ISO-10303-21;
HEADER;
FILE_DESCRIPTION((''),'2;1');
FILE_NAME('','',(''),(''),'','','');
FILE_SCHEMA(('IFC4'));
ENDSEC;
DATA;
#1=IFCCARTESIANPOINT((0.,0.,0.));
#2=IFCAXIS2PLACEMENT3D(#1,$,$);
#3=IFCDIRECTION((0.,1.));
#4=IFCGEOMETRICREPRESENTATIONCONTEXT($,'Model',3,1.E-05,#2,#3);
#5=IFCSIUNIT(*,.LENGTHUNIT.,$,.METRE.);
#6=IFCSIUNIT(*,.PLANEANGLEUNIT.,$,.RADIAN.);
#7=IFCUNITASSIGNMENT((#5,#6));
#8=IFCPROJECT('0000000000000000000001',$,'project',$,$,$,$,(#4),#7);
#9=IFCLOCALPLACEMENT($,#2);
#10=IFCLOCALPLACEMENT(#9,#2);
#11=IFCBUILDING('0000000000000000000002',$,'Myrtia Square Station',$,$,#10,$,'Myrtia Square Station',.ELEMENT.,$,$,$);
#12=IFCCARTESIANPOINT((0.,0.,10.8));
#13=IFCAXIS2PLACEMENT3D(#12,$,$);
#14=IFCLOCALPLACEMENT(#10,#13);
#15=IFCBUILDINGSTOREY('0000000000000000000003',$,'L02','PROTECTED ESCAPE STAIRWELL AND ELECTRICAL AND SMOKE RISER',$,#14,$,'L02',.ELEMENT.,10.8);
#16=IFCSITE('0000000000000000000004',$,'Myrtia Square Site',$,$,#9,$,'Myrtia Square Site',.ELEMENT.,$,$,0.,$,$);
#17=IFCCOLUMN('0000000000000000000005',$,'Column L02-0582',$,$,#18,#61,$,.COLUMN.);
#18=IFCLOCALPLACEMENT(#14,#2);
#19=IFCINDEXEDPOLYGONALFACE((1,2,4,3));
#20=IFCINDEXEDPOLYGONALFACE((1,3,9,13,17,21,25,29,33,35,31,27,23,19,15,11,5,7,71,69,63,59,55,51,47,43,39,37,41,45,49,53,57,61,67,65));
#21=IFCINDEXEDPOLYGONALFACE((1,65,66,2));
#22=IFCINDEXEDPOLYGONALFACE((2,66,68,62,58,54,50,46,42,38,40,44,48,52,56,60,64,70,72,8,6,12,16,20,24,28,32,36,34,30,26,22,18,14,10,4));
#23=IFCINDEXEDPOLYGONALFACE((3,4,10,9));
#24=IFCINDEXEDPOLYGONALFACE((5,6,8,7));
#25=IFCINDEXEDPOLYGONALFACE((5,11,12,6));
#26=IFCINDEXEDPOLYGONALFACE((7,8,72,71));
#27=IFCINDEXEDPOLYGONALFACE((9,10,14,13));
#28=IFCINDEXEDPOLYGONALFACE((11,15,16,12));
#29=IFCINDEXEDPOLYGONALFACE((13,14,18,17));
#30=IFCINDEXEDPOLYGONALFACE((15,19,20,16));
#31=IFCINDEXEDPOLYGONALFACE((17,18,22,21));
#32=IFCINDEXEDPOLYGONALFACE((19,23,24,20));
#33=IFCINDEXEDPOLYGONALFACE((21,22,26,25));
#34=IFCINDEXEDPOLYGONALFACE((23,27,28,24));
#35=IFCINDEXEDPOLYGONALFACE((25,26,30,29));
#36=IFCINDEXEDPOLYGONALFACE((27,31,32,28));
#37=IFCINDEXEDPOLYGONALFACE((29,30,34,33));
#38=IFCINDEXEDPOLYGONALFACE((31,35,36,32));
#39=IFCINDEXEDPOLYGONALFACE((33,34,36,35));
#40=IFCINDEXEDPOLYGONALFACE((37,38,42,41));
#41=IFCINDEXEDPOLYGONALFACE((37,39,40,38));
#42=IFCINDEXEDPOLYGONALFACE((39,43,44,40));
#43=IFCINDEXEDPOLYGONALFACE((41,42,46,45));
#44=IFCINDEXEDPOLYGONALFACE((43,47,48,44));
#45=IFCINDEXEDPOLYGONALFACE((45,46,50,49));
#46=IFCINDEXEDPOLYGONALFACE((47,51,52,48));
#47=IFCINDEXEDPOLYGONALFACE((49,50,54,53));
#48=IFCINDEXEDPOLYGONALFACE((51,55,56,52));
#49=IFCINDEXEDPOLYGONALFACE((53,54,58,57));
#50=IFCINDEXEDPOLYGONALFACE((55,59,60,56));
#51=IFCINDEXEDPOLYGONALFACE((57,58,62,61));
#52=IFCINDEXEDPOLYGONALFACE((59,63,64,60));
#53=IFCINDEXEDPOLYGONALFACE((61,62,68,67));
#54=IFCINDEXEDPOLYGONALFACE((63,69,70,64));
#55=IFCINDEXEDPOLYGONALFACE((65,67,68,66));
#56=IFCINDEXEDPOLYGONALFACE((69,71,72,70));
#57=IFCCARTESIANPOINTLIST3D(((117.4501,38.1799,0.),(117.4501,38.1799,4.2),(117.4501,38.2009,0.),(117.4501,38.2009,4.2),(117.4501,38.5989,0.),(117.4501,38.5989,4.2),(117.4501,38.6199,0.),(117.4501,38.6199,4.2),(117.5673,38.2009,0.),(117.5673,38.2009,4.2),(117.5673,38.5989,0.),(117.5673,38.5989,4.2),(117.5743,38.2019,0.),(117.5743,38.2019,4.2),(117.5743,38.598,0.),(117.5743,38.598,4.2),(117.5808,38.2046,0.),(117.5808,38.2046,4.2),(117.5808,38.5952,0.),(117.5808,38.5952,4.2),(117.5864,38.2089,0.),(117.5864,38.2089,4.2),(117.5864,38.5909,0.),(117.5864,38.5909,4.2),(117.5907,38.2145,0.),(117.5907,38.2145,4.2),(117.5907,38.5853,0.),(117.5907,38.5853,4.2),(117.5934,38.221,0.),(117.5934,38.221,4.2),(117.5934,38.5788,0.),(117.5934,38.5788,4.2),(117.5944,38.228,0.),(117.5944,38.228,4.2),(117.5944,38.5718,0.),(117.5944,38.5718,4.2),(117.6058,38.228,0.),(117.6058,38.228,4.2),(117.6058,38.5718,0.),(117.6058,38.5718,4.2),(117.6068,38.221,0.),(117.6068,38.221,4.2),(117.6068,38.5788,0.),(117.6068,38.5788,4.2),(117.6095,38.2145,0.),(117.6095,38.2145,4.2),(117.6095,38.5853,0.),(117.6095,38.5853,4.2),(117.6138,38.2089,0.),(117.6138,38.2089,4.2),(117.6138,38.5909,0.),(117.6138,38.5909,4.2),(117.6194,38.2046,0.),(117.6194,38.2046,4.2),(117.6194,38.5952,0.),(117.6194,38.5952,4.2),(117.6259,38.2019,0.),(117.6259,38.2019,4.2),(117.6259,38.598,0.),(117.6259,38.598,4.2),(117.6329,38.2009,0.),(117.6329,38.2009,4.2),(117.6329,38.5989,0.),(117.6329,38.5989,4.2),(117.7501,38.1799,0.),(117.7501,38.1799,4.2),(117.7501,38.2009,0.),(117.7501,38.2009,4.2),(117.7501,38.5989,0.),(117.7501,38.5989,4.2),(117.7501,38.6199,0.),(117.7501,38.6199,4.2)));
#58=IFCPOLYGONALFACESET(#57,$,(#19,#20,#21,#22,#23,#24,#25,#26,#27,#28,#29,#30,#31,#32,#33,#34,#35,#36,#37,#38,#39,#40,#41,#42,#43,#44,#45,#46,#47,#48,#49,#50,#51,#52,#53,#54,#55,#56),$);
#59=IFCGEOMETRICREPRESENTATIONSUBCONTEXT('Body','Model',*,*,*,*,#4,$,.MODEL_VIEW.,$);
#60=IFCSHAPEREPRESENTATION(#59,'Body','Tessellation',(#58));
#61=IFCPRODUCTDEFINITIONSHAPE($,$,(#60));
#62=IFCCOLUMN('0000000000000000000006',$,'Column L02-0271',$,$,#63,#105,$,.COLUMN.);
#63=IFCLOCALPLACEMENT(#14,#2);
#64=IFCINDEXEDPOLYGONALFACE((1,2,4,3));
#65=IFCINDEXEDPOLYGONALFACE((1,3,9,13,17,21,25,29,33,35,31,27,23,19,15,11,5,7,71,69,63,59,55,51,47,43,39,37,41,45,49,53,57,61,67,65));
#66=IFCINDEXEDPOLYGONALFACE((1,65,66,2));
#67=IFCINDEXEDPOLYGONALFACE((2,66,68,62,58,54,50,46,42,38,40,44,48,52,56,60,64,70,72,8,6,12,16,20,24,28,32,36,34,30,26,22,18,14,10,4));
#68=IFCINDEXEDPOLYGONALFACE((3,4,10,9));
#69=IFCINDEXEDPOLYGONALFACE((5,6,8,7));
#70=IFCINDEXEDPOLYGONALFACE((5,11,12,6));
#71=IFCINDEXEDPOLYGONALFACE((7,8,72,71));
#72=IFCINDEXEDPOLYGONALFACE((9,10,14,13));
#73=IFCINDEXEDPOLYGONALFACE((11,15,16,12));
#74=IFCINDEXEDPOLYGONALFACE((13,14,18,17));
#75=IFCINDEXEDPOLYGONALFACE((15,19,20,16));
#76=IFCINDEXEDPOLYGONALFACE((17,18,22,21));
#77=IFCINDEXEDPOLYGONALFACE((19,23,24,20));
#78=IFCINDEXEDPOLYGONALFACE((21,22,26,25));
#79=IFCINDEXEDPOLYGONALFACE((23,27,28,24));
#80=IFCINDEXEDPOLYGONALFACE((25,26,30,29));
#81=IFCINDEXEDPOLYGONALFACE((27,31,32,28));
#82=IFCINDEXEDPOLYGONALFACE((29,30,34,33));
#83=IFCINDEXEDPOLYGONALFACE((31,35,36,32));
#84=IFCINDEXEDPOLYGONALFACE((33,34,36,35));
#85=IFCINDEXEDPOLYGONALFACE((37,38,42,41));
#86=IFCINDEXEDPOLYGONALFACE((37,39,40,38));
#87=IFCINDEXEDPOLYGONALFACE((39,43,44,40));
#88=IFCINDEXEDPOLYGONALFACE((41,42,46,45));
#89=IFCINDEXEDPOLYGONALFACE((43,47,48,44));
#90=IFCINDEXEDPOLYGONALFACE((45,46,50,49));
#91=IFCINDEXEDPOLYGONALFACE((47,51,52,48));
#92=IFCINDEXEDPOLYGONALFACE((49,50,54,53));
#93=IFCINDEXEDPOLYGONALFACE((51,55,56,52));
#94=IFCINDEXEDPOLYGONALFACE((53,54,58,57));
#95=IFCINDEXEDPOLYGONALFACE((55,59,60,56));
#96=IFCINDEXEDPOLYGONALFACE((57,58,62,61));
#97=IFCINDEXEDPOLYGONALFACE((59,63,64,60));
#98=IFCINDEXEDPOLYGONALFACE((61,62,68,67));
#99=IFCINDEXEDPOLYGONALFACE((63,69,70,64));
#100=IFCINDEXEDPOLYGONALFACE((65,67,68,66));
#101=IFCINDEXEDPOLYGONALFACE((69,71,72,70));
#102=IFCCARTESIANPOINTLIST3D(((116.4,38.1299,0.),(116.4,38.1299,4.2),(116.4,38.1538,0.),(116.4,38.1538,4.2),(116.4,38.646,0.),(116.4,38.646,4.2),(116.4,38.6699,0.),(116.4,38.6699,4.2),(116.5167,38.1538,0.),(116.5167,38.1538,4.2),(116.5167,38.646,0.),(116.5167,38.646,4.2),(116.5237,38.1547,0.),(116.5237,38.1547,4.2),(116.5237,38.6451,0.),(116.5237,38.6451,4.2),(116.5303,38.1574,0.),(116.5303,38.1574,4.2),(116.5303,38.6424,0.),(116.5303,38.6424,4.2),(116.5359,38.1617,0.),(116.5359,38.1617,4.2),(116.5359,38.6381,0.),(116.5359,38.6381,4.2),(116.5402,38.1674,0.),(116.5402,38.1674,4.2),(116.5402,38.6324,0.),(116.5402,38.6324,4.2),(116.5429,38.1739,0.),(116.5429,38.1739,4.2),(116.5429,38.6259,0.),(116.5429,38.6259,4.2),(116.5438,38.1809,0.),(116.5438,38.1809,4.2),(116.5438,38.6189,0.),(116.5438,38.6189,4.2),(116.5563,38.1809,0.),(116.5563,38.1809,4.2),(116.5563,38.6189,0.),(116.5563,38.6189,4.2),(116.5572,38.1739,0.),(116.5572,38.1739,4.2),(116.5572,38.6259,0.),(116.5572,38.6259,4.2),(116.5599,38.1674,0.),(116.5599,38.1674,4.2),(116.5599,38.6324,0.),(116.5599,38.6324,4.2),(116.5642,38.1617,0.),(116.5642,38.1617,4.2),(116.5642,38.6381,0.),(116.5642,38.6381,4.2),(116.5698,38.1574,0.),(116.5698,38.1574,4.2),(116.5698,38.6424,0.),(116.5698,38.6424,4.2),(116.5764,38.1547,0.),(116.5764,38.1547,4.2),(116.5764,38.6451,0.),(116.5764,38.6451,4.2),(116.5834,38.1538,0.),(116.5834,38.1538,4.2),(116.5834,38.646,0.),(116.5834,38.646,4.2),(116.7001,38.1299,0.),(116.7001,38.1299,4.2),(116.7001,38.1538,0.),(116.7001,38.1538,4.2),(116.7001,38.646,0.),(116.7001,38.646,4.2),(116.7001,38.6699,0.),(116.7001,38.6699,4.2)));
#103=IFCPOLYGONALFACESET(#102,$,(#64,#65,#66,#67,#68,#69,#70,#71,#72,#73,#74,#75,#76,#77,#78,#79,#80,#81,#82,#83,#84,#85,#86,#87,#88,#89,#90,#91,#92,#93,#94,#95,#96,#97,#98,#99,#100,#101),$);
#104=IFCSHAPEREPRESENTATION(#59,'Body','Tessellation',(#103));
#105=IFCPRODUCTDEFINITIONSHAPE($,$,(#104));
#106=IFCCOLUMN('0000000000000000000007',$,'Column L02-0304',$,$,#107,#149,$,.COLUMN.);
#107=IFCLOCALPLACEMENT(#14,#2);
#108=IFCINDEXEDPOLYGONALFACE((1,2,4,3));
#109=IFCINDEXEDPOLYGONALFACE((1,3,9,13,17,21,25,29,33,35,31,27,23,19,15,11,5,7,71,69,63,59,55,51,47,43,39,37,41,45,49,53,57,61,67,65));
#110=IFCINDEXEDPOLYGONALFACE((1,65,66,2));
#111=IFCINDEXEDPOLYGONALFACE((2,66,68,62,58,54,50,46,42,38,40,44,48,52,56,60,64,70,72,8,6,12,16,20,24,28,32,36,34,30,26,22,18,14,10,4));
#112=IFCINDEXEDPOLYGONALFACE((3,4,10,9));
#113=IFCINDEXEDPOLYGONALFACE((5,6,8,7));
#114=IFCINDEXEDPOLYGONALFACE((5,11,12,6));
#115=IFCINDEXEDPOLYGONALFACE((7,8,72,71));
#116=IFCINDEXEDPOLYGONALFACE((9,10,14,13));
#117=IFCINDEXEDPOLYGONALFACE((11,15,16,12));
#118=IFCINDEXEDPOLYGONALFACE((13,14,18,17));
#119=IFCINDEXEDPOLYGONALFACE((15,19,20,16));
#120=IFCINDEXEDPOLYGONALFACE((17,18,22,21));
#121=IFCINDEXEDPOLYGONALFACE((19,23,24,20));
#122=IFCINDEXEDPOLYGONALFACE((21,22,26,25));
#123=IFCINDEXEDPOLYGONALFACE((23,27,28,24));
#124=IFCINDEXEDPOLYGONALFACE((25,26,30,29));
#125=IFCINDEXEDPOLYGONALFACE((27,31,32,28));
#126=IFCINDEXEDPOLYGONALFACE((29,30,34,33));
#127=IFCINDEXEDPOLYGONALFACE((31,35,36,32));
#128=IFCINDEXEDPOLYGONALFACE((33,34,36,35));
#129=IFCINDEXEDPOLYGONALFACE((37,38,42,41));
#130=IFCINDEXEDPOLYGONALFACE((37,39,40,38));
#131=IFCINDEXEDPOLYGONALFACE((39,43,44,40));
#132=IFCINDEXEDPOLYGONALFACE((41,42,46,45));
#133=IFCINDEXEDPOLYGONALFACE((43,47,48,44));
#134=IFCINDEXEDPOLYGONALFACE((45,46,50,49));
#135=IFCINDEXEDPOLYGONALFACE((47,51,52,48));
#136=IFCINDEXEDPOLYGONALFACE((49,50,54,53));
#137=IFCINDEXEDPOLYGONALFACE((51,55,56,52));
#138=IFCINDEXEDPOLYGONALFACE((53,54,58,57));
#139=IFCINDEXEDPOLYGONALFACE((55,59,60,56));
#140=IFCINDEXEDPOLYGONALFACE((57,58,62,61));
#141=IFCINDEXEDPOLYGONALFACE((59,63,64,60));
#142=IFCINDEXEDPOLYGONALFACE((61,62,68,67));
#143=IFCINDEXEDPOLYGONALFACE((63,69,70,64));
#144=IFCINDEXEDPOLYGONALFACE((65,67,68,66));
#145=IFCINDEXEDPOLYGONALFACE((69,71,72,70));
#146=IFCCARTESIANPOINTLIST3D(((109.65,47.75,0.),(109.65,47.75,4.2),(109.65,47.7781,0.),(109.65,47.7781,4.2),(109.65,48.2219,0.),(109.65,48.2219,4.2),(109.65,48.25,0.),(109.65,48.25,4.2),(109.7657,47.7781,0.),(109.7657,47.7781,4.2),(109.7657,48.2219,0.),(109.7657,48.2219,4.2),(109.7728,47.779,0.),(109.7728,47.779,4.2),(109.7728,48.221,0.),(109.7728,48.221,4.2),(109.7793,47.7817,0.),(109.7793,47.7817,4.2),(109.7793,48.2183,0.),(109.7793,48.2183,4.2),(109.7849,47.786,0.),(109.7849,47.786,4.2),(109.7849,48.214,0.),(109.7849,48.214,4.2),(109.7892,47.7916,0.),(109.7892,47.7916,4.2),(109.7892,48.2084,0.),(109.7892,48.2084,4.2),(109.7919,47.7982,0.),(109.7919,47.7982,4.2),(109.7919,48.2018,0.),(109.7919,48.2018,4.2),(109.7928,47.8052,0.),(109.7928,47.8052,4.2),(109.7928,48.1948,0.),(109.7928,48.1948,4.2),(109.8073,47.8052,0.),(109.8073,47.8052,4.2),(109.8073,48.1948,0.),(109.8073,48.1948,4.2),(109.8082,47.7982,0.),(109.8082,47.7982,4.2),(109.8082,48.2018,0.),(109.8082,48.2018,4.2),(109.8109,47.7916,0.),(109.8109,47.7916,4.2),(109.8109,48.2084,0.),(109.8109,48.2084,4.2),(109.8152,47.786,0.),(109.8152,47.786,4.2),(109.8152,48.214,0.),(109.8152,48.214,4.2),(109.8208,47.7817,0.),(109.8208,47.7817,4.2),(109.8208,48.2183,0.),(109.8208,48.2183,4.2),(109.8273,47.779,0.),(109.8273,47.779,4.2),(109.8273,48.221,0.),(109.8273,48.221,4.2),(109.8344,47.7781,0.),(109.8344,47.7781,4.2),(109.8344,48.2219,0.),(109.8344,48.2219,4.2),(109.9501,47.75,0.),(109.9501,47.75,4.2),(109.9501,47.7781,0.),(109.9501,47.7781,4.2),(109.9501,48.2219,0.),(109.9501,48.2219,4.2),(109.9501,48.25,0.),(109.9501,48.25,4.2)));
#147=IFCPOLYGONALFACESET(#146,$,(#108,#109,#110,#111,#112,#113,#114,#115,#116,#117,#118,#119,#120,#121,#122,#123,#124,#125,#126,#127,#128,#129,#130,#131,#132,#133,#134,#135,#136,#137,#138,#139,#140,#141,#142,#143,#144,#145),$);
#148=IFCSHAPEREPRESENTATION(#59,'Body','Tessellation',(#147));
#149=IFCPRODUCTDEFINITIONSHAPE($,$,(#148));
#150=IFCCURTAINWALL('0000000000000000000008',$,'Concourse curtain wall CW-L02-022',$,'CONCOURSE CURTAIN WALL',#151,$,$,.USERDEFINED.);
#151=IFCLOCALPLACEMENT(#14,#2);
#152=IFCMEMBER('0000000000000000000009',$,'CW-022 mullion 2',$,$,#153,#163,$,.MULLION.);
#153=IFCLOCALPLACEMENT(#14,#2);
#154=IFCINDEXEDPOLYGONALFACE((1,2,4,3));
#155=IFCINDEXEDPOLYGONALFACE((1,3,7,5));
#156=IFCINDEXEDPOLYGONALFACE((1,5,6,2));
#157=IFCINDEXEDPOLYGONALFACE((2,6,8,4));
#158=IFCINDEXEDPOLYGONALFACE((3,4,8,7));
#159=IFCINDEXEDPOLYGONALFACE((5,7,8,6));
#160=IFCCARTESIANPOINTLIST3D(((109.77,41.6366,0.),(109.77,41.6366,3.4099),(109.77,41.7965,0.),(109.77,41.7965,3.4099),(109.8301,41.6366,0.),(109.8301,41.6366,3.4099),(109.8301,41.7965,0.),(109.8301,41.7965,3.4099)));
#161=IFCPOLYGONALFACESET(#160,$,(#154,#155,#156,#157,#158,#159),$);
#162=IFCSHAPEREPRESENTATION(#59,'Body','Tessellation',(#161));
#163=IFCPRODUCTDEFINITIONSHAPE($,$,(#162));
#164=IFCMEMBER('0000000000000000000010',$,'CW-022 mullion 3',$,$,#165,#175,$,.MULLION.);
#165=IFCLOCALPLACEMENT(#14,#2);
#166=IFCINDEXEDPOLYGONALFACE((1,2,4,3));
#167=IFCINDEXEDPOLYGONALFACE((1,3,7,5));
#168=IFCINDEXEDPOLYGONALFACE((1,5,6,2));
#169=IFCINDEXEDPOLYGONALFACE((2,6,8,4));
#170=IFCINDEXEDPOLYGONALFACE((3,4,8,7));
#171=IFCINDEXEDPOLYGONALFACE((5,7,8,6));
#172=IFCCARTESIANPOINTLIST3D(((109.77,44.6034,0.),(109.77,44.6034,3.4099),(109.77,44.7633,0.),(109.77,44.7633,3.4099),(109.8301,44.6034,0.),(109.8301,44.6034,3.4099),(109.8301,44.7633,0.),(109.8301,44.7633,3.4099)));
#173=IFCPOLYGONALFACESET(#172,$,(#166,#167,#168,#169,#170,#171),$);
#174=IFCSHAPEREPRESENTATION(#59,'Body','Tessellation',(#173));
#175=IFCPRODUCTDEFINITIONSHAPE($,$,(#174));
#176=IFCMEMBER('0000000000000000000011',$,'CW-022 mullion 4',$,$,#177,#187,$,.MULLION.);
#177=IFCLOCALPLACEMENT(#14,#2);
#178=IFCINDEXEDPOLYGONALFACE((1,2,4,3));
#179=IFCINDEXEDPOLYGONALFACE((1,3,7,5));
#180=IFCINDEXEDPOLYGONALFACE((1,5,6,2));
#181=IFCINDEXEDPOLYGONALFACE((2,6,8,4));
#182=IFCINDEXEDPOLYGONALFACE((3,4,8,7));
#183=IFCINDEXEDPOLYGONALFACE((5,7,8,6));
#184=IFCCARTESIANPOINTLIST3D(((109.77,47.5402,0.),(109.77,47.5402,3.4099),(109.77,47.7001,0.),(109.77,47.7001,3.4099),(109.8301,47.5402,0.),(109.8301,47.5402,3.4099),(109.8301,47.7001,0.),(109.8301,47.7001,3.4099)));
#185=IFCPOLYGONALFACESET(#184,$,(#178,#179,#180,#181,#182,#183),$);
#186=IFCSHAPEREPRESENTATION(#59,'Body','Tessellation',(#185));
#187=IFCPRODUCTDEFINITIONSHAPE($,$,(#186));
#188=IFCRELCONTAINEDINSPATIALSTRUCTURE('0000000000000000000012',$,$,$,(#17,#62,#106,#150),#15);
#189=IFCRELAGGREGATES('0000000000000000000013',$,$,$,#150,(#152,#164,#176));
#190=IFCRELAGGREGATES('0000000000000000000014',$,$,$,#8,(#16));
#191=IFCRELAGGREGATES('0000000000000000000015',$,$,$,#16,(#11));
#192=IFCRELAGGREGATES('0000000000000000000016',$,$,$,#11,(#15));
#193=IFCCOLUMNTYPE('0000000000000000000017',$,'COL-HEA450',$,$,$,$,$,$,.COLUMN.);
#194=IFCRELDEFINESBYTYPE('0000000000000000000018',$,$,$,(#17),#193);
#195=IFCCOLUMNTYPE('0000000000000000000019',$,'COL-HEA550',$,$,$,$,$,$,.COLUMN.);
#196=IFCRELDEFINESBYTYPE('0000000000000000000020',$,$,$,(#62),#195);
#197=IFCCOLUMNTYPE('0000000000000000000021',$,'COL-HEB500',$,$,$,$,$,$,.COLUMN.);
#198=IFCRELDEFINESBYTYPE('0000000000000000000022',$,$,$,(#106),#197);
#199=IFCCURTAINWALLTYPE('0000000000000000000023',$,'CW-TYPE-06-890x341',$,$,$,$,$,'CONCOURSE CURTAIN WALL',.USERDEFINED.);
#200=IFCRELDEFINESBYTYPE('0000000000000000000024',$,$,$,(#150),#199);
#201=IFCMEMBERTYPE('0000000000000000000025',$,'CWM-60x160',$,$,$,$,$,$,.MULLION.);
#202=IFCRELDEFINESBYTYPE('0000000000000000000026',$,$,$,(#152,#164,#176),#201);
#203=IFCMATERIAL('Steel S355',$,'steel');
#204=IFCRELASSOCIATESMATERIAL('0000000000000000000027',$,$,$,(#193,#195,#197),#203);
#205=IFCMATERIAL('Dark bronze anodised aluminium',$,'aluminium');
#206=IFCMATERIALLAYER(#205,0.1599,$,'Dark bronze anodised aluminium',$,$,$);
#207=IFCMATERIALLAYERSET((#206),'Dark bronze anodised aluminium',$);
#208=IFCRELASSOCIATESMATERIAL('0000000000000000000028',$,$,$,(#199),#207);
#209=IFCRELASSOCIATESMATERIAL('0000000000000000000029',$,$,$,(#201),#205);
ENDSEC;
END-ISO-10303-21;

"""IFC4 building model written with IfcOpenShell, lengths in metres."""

from ifc_helpers import new_model, si_unit, direction, frame, origin, origin_2d, place, context, subcontext, project, spatial, rectangle, i_section, extrude, material, layer, layer_set, material_profile, profile_set, type_object, element, aggregate, save


model = new_model("IFC4")

# Units and contexts
model_context = context("Model", 3, precision=1e-05, world=origin(), true_north=direction((0.0, 1.0)))
body_context = subcontext(model_context, "Body", "Model", "MODEL_VIEW")
ifc_project = project(units=[si_unit("LENGTHUNIT", "METRE"), si_unit("PLANEANGLEUNIT", "RADIAN")], contexts=[model_context])

# Site, building, storey
site_placement = place(None, origin())
site = spatial("IfcSite", under=ifc_project, at=site_placement, Name="Myrtia Square Site", LongName="Myrtia Square Site", CompositionType="ELEMENT", RefElevation=0.0)
building_placement = place(site_placement, origin())
building = spatial("IfcBuilding", under=site, at=building_placement, Name="Myrtia Square Station", LongName="Myrtia Square Station", CompositionType="ELEMENT")
storey_placement = place(building_placement, frame((0.0, 0.0, 10.8)))
storey = spatial("IfcBuildingStorey", under=building, at=storey_placement, Name="L02", Description="PROTECTED ESCAPE STAIRWELL AND ELECTRICAL AND SMOKE RISER", LongName="L02", CompositionType="ELEMENT", Elevation=10.8)

# Columns
ifc_material_1 = material(Name="Steel S355", Category="steel")
ifc_material_profile_1 = material_profile(ifc_material_1, i_section(OverallWidth=0.3, OverallDepth=0.4399, WebThickness=0.0115, FlangeThickness=0.021, FilletRadius=0.0271, at=origin_2d()), Name="HEA 450")
ifc_profile_set_1 = profile_set([ifc_material_profile_1], Name="Steel S355")
column_type_1 = type_object("IfcColumnType", Name="COL-HEA450", PredefinedType="COLUMN", material=ifc_profile_set_1)
column_1_placement = place(storey_placement, frame((117.6001, 38.3999, 0.0), z_axis=(0.0, 0.0, 1.0), x_axis=(1.0, 0.0, 0.0)))
element("IfcColumn", 1, at=column_1_placement, inside=storey, type_object=column_type_1, Name="Column L02-0582", PredefinedType="COLUMN", context=body_context, shape_type="SweptSolid", body=[
    extrude(i_section(OverallWidth=0.3, OverallDepth=0.4399, WebThickness=0.0115, FlangeThickness=0.021, FilletRadius=0.0271, at=origin_2d()), origin(), (0.0, 0.0, 1.0), 4.2),
])
ifc_material_profile_2 = material_profile(ifc_material_1, i_section(OverallWidth=0.3, OverallDepth=0.54, WebThickness=0.0125, FlangeThickness=0.0239, FilletRadius=0.0271, at=origin_2d()), Name="HEA 550")
ifc_profile_set_2 = profile_set([ifc_material_profile_2], Name="Steel S355")
column_type_2 = type_object("IfcColumnType", Name="COL-HEA550", PredefinedType="COLUMN", material=ifc_profile_set_2)
column_2_placement = place(storey_placement, frame((116.55, 38.3999, 0.0), z_axis=(0.0, 0.0, 1.0), x_axis=(1.0, 0.0, 0.0)))
element("IfcColumn", 2, at=column_2_placement, inside=storey, type_object=column_type_2, Name="Column L02-0271", PredefinedType="COLUMN", context=body_context, shape_type="SweptSolid", body=[
    extrude(i_section(OverallWidth=0.3, OverallDepth=0.54, WebThickness=0.0125, FlangeThickness=0.0239, FilletRadius=0.0271, at=origin_2d()), origin(), (0.0, 0.0, 1.0), 4.2),
])
ifc_material_profile_3 = material_profile(ifc_material_1, i_section(OverallWidth=0.3, OverallDepth=0.5, WebThickness=0.0144, FlangeThickness=0.0281, FilletRadius=0.0271, at=origin_2d()), Name="HEB 500")
ifc_profile_set_3 = profile_set([ifc_material_profile_3], Name="Steel S355")
column_type_3 = type_object("IfcColumnType", Name="COL-HEB500", PredefinedType="COLUMN", material=ifc_profile_set_3)
column_3_placement = place(storey_placement, frame((109.8, 48.0, 0.0), z_axis=(0.0, 0.0, 1.0), x_axis=(1.0, 0.0, 0.0)))
element("IfcColumn", 3, at=column_3_placement, inside=storey, type_object=column_type_3, Name="Column L02-0304", PredefinedType="COLUMN", context=body_context, shape_type="SweptSolid", body=[
    extrude(i_section(OverallWidth=0.3, OverallDepth=0.5, WebThickness=0.0144, FlangeThickness=0.0281, FilletRadius=0.0271, at=origin_2d()), origin(), (0.0, 0.0, 1.0), 4.2),
])

# Curtain wall, members
ifc_material_2 = material(Name="Dark bronze anodised aluminium", Category="aluminium")
ifc_layer_1 = layer(ifc_material_2, 0.1599, Name="Dark bronze anodised aluminium")
ifc_layer_set_1 = layer_set([ifc_layer_1], Name="Dark bronze anodised aluminium")
curtain_wall_type = type_object("IfcCurtainWallType", Name="CW-TYPE-06-890x341", ElementType="CONCOURSE CURTAIN WALL", PredefinedType="USERDEFINED", material=ifc_layer_set_1)
curtain_wall_placement = place(storey_placement, origin())
curtain_wall = element("IfcCurtainWall", 4, at=curtain_wall_placement, inside=storey, type_object=curtain_wall_type, Name="Concourse curtain wall CW-L02-022", ObjectType="CONCOURSE CURTAIN WALL", PredefinedType="USERDEFINED")
ifc_material_profile_4 = material_profile(ifc_material_2, rectangle(XDim=0.0601, YDim=0.1599, at=origin_2d()), Name="ALU-M 60x160")
ifc_profile_set_4 = profile_set([ifc_material_profile_4], Name="Dark bronze anodised aluminium")
member_type_1 = type_object("IfcMemberType", Name="CWM-60x160", PredefinedType="MULLION", material=ifc_profile_set_4)
member_1_placement = place(storey_placement, frame((109.8, 41.7166, 0.0), z_axis=(0.0, 0.0, 1.0), x_axis=(-1.0, 0.0, 0.0)))
member_1 = element("IfcMember", 5, at=member_1_placement, type_object=member_type_1, Name="CW-022 mullion 2", PredefinedType="MULLION", context=body_context, shape_type="SweptSolid", body=[
    extrude(rectangle(XDim=0.0601, YDim=0.1599, at=origin_2d()), origin(), (0.0, 0.0, 1.0), 3.4099),
])
member_2_placement = place(storey_placement, frame((109.8, 44.6833, 0.0), z_axis=(0.0, 0.0, 1.0), x_axis=(-1.0, 0.0, 0.0)))
member_2 = element("IfcMember", 6, at=member_2_placement, type_object=member_type_1, Name="CW-022 mullion 3", PredefinedType="MULLION", context=body_context, shape_type="SweptSolid", body=[
    extrude(rectangle(XDim=0.0601, YDim=0.1599, at=origin_2d()), origin(), (0.0, 0.0, 1.0), 3.4099),
])
member_3_placement = place(storey_placement, frame((109.8, 47.6201, 0.0), z_axis=(0.0, 0.0, 1.0), x_axis=(-1.0, 0.0, 0.0)))
member_3 = element("IfcMember", 7, at=member_3_placement, type_object=member_type_1, Name="CW-022 mullion 4", PredefinedType="MULLION", context=body_context, shape_type="SweptSolid", body=[
    extrude(rectangle(XDim=0.0601, YDim=0.1599, at=origin_2d()), origin(), (0.0, 0.0, 1.0), 3.4099),
])

aggregate(curtain_wall, [member_1, member_2, member_3])

save(model, "model.ifc")
